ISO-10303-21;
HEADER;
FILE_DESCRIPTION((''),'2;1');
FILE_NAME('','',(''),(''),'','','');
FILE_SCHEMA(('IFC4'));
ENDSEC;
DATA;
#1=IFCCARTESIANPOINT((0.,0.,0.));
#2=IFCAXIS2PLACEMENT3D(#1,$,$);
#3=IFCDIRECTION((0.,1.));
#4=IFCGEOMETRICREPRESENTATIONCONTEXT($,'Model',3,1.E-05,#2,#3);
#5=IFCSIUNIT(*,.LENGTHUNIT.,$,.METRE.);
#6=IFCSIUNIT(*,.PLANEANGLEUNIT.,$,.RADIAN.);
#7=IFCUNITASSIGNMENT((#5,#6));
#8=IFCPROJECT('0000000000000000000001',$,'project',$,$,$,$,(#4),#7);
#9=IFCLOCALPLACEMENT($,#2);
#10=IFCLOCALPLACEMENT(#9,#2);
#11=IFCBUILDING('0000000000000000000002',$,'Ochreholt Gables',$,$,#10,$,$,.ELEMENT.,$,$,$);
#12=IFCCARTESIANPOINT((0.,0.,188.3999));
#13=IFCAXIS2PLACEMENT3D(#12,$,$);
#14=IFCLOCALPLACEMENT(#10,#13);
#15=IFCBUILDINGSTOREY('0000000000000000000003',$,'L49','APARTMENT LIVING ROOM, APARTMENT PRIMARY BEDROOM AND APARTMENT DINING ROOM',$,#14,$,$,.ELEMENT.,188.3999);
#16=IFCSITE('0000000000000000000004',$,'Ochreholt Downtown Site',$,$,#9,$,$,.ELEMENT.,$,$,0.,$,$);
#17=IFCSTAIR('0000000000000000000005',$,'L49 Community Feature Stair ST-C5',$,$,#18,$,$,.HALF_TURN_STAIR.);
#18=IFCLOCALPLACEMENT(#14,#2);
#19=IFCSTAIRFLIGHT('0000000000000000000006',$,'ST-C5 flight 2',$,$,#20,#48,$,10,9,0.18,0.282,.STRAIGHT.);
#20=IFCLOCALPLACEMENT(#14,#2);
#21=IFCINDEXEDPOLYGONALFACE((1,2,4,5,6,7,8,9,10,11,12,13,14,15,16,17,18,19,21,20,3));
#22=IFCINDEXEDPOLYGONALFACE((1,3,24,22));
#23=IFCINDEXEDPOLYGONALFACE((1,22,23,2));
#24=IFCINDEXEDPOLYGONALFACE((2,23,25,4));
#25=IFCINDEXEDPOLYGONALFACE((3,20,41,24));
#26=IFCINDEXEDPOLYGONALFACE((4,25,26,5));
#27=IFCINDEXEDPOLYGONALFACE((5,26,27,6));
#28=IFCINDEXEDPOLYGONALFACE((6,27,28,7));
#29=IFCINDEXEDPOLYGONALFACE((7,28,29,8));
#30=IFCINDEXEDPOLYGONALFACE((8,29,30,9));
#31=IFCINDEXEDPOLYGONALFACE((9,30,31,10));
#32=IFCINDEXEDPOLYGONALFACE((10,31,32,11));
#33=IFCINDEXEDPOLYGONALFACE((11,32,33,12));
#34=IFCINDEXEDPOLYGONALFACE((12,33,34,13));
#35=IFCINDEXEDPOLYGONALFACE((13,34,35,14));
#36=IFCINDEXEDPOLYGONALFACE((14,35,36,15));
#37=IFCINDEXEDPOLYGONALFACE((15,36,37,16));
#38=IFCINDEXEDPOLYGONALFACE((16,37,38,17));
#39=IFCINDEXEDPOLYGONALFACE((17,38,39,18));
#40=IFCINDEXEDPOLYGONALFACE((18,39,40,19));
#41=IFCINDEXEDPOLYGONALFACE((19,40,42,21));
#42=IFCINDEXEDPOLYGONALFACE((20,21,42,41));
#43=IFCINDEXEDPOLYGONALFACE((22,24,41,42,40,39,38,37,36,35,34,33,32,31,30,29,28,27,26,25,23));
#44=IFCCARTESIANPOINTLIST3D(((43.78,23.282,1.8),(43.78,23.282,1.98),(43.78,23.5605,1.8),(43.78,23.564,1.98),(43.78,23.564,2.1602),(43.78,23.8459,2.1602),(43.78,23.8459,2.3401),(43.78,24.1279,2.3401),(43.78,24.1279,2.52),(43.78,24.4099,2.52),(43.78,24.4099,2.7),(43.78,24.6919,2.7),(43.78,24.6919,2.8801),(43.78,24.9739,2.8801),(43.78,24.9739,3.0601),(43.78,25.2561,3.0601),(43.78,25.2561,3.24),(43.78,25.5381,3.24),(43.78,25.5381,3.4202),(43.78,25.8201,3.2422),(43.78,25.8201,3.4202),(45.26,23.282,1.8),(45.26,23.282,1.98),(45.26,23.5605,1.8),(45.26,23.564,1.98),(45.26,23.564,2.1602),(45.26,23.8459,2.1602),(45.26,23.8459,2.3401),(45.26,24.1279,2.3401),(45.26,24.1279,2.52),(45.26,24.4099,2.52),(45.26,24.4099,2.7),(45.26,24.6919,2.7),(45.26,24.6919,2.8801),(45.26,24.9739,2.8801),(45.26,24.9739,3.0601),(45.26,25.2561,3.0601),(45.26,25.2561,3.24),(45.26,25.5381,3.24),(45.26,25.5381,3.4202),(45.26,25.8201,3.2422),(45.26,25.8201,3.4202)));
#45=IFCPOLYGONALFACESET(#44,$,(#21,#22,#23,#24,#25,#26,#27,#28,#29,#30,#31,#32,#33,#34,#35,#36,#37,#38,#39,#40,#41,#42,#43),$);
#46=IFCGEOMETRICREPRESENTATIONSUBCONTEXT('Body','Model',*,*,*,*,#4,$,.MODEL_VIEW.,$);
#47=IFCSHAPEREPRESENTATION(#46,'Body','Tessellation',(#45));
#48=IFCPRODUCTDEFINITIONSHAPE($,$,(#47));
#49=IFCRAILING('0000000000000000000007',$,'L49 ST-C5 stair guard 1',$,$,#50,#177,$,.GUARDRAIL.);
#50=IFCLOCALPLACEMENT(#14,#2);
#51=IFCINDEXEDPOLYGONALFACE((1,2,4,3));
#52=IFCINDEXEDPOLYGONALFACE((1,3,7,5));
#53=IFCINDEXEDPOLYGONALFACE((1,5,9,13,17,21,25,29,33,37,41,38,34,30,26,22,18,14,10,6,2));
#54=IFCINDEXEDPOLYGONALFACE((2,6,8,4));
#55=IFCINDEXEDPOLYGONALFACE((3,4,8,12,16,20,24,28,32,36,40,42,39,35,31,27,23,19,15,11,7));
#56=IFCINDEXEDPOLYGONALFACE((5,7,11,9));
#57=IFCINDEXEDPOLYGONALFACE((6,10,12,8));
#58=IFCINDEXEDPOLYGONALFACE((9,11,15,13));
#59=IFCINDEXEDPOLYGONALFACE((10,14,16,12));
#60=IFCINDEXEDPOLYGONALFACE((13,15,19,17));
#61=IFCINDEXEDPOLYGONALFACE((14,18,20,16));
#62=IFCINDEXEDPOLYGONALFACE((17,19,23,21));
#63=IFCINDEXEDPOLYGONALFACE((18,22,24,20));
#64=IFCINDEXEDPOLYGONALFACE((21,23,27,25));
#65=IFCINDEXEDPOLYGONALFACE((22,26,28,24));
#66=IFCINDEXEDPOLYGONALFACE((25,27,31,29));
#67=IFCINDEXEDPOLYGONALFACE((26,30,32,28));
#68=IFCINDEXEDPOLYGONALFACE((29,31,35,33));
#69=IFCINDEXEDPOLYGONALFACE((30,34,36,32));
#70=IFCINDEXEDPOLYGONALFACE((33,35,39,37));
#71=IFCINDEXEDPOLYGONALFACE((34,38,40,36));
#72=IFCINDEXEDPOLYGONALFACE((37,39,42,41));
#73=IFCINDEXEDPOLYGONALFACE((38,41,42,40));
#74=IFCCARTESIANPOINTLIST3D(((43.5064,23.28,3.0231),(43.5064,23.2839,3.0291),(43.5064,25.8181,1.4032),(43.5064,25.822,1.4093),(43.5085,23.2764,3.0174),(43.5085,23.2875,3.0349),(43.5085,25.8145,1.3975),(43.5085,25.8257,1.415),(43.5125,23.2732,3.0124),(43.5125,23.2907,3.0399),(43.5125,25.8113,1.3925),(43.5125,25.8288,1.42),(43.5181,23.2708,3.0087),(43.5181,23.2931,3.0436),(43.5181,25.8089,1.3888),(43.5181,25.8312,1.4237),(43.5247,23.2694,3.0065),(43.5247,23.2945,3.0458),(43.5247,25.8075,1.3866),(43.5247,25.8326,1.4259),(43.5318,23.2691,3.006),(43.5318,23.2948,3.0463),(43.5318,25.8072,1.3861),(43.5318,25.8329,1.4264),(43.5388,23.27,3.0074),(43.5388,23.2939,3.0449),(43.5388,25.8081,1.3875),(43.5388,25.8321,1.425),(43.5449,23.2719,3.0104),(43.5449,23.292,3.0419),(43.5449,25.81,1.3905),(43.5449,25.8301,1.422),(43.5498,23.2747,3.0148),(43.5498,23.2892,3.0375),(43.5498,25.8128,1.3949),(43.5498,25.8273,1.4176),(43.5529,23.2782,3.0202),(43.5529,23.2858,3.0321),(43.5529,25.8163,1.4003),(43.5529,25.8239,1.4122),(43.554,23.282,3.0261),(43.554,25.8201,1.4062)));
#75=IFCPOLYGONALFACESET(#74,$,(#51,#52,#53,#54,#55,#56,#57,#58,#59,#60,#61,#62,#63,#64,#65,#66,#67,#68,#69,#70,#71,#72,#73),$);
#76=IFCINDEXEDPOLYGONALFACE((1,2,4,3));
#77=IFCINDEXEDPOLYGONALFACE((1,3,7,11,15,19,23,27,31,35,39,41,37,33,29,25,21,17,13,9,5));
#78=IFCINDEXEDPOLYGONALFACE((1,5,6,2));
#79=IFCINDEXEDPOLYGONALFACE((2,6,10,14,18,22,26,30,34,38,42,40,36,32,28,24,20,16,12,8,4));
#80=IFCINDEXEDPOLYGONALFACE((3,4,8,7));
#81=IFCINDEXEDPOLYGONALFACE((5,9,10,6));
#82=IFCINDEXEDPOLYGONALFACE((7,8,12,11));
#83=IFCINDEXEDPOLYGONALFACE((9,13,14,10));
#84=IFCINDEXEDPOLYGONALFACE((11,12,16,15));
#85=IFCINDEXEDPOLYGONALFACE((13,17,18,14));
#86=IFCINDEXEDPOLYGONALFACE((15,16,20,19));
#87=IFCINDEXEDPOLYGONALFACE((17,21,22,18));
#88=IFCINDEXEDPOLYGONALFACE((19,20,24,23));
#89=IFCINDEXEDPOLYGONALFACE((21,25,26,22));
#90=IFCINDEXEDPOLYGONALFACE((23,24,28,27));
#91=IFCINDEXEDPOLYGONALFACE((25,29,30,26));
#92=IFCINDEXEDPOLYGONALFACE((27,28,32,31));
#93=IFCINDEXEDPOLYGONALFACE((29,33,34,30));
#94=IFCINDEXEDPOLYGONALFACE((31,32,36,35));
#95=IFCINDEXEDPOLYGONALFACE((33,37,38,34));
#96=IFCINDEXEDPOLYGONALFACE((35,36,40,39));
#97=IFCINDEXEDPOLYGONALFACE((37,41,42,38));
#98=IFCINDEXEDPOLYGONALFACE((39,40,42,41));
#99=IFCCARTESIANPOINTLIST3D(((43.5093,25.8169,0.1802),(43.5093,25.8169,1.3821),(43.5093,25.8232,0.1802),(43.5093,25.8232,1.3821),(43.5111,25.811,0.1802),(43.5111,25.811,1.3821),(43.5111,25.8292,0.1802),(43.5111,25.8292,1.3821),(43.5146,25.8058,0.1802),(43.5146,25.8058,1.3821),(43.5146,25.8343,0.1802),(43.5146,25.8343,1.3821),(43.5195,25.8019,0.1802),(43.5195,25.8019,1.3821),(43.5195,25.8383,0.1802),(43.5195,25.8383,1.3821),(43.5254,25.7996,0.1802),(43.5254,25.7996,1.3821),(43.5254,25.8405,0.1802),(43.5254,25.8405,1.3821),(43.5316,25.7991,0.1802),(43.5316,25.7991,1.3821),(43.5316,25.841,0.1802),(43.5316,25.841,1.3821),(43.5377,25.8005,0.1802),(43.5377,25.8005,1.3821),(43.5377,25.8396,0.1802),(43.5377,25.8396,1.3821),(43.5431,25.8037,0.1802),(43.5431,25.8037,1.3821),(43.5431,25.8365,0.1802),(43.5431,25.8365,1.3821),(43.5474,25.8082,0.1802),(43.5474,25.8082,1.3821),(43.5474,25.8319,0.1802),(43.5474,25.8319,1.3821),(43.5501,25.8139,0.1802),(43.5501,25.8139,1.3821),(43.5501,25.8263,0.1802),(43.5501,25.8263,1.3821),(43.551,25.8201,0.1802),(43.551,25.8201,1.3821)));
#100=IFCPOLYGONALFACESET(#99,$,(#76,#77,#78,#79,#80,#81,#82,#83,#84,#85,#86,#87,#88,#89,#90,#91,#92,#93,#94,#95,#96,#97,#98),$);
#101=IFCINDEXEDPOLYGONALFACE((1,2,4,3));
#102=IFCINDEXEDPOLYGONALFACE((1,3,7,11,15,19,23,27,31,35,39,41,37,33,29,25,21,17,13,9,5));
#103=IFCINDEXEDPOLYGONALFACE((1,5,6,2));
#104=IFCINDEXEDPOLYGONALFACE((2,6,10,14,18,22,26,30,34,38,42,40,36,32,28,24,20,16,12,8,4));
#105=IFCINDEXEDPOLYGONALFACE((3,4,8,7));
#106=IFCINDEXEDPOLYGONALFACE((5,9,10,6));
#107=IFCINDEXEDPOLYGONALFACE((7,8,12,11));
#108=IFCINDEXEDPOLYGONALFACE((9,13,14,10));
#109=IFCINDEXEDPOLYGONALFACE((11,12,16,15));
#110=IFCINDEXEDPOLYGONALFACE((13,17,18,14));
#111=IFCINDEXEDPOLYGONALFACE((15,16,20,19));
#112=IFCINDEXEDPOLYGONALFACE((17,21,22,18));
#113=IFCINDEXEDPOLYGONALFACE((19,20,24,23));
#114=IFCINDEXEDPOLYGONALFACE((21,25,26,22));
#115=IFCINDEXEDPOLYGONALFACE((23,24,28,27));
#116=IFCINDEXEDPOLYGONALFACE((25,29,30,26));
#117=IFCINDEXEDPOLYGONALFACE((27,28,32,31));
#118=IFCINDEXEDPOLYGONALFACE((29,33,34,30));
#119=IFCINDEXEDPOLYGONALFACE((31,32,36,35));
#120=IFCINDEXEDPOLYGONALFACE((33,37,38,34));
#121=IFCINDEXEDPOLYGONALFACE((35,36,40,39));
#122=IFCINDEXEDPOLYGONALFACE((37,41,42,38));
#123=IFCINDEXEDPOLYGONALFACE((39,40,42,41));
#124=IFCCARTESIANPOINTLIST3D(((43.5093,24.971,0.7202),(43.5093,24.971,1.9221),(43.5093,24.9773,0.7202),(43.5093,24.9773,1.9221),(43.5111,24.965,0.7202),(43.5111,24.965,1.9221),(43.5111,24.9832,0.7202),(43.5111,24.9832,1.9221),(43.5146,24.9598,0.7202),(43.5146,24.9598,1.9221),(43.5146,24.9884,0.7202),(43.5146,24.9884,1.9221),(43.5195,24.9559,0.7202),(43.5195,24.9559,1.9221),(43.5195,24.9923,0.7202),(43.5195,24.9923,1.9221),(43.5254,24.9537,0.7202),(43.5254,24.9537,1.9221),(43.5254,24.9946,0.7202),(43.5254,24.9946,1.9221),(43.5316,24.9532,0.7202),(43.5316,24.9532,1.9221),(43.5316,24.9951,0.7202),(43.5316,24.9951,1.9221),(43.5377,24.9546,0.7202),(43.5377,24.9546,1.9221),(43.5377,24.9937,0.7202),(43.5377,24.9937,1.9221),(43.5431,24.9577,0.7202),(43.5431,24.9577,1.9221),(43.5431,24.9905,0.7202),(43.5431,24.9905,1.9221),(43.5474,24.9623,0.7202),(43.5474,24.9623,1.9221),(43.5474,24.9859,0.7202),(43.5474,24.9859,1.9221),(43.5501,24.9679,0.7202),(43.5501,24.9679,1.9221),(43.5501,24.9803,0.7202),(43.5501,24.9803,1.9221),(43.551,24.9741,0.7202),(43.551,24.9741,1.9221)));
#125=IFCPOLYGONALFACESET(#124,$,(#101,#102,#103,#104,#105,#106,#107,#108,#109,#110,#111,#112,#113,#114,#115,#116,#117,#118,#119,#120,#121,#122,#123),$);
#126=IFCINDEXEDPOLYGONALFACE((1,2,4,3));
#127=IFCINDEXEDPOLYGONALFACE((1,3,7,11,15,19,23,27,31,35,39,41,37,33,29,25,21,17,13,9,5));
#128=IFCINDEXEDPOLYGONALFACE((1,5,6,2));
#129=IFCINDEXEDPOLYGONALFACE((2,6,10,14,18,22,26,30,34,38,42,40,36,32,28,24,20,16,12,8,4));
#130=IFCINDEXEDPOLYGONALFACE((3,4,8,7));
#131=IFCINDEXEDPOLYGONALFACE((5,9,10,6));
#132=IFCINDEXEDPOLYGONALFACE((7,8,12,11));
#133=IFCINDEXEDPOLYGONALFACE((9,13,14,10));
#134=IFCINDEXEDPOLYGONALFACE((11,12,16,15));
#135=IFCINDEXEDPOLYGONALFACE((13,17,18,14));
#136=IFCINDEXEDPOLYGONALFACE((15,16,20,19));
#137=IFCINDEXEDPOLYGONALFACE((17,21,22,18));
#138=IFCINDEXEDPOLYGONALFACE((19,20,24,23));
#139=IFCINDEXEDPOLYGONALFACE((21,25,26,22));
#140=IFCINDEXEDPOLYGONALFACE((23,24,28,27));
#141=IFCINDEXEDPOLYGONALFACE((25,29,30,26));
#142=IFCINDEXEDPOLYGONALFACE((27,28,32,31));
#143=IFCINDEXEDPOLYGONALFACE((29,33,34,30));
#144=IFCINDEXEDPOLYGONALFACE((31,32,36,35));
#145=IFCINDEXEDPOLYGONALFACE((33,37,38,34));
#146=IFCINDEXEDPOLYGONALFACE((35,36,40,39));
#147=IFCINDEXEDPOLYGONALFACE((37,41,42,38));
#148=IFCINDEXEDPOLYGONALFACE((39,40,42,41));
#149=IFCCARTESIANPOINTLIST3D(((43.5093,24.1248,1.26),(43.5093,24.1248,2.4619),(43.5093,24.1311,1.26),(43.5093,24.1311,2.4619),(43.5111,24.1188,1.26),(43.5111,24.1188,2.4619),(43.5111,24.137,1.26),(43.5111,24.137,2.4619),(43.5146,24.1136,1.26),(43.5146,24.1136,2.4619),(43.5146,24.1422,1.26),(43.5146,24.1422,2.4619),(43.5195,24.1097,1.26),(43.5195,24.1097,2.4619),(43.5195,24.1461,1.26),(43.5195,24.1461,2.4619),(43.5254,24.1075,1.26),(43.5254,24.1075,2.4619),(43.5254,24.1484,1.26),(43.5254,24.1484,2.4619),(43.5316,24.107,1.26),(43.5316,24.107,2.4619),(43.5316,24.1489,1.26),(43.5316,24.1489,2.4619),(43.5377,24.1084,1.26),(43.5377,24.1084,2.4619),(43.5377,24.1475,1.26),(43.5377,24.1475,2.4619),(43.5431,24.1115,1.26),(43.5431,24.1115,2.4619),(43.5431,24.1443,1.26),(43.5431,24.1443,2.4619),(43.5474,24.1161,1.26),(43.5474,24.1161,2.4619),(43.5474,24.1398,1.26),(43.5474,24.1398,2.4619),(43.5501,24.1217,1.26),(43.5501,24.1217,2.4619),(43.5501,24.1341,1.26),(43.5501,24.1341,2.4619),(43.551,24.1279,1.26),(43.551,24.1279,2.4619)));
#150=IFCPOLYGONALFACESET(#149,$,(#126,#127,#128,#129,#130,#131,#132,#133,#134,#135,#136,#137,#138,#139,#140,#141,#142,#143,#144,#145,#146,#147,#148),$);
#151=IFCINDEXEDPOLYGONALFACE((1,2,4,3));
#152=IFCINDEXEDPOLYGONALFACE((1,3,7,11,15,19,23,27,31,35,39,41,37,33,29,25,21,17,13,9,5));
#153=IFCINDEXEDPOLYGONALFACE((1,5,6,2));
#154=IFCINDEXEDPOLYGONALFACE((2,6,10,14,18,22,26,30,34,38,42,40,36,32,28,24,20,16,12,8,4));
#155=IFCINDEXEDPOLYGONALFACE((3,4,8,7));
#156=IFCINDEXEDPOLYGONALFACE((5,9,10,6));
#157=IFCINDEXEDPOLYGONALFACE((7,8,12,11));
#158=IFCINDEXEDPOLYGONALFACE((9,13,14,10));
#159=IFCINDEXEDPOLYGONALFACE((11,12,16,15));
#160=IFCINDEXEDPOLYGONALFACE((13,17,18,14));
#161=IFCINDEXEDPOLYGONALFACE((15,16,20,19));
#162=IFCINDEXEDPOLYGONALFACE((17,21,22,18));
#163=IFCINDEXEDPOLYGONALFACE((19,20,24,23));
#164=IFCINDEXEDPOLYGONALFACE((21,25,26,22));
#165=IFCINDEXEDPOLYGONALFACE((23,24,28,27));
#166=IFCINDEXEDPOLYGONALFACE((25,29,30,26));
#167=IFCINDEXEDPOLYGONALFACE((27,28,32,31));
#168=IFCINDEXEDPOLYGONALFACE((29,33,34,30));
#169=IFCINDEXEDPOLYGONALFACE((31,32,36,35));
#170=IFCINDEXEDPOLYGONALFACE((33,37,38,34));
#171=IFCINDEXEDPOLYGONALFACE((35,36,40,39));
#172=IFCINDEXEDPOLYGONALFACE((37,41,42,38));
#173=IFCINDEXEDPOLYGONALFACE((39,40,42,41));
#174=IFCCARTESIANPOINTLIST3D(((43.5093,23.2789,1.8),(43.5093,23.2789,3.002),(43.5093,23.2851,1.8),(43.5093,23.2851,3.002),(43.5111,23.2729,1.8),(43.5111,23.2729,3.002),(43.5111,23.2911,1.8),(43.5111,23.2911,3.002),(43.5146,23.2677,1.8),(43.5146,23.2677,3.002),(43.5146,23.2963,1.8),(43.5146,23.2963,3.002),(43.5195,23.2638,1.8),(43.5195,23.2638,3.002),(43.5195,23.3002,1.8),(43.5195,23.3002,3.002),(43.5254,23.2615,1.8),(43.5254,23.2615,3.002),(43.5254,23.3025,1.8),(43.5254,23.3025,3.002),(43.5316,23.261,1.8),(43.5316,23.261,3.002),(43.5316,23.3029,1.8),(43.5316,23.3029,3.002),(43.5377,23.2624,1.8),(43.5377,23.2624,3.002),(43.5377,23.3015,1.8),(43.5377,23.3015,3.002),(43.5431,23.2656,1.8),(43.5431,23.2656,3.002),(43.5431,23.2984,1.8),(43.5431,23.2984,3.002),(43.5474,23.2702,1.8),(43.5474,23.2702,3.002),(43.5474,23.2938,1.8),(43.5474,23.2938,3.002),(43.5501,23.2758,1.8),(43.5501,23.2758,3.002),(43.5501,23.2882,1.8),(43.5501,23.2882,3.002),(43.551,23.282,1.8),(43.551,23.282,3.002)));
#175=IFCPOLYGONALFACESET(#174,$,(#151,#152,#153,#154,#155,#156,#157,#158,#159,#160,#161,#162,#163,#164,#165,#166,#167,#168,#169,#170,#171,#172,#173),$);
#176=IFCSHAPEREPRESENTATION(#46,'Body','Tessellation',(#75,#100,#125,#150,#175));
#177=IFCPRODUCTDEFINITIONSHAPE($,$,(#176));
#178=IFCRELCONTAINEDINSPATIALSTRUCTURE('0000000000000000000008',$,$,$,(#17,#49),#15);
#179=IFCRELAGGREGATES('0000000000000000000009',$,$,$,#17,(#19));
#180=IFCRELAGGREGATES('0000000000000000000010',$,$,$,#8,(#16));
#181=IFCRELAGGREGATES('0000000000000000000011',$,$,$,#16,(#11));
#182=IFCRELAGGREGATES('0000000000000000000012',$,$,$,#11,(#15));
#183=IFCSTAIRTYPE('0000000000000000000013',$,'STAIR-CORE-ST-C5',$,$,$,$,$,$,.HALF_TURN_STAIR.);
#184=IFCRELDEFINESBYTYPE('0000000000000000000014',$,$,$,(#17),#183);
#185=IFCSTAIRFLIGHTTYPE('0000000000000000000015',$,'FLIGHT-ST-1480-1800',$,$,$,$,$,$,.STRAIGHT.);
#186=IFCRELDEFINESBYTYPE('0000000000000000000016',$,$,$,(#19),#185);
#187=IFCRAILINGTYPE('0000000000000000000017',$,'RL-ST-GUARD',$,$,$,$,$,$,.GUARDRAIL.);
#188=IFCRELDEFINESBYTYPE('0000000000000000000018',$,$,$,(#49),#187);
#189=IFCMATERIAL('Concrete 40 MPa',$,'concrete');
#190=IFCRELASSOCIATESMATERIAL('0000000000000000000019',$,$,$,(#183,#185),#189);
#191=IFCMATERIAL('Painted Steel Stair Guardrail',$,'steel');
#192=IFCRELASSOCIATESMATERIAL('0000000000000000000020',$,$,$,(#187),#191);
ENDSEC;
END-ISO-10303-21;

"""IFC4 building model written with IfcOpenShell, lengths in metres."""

from ifc_helpers import new_model, si_unit, direction, frame, origin, origin_2d, place, context, subcontext, project, spatial, polyline, circle, outline, extrude, material, type_object, element, aggregate, save


model = new_model("IFC4")

# Units and contexts
model_context = context("Model", 3, precision=1e-05, world=origin(), true_north=direction((0.0, 1.0)))
body_context = subcontext(model_context, "Body", "Model", "MODEL_VIEW")
ifc_project = project(units=[si_unit("LENGTHUNIT", "METRE"), si_unit("PLANEANGLEUNIT", "RADIAN")], contexts=[model_context])

# Site, building, storey
site_placement = place(None, origin())
site = spatial("IfcSite", under=ifc_project, at=site_placement, Name="Ochreholt Downtown Site", CompositionType="ELEMENT", RefElevation=0.0)
building_placement = place(site_placement, origin())
building = spatial("IfcBuilding", under=site, at=building_placement, Name="Ochreholt Gables", CompositionType="ELEMENT")
storey_placement = place(building_placement, frame((0.0, 0.0, 188.3999)))
storey = spatial("IfcBuildingStorey", under=building, at=storey_placement, Name="L49", Description="APARTMENT LIVING ROOM, APARTMENT PRIMARY BEDROOM AND APARTMENT DINING ROOM", CompositionType="ELEMENT", Elevation=188.3999)

# Stair, stair flight
ifc_material_1 = material(Name="Concrete 40 MPa", Category="concrete")
stair_type = type_object("IfcStairType", Name="STAIR-CORE-ST-C5", PredefinedType="HALF_TURN_STAIR", material=ifc_material_1)
stair_placement = place(storey_placement, origin())
stair = element("IfcStair", 1, at=stair_placement, inside=storey, type_object=stair_type, Name="L49 Community Feature Stair ST-C5", PredefinedType="HALF_TURN_STAIR")
stair_flight_type = type_object("IfcStairFlightType", Name="FLIGHT-ST-1480-1800", PredefinedType="STRAIGHT", material=ifc_material_1)
stair_flight_1_placement = place(storey_placement, frame((44.52, 23.282, 1.8), z_axis=(0.0, 0.0, 1.0), x_axis=(0.0, 1.0, 0.0)))
stair_flight_1 = element("IfcStairFlight", 2, at=stair_flight_1_placement, type_object=stair_flight_type, Name="ST-C5 flight 2", NumberOfRisers=10, NumberOfTreads=9, PredefinedType="STRAIGHT", RiserHeight=0.18, TreadLength=0.282, context=body_context, shape_type="SweptSolid", body=[
    extrude(outline(polyline([(0.0, 0.0), (0.0, 0.1799), (0.282, 0.1799), (0.282, 0.3601), (0.564, 0.3601), (0.564, 0.54), (0.8459, 0.54), (0.8459, 0.72), (1.1279, 0.72), (1.1279, 0.8999), (1.4099, 0.8999), (1.4099, 1.0801), (1.6919, 1.0801), (1.6919, 1.26), (1.9741, 1.26), (1.9741, 1.4399), (2.2561, 1.4399), (2.2561, 1.6201), (2.5381, 1.6201), (2.5381, 1.8), (2.5381, 1.4421), (0.2786, 0.0), (0.0, 0.0)])), frame((0.0, 0.74, 0.0), z_axis=(0.0, -1.0, 0.0), x_axis=(1.0, 0.0, 0.0)), (0.0, 0.0, 1.0), 1.48),
])
aggregate(stair, [stair_flight_1])

# Railing
ifc_material_2 = material(Name="Painted Steel Stair Guardrail", Category="steel")
railing_type_1 = type_object("IfcRailingType", Name="RL-ST-GUARD", PredefinedType="GUARDRAIL", material=ifc_material_2)
railing_1_placement = place(storey_placement, frame((43.53, 25.8201, 0.1802)))
element("IfcRailing", 3, at=railing_1_placement, inside=storey, type_object=railing_type_1, Name="L49 ST-C5 stair guard 1", PredefinedType="GUARDRAIL", context=body_context, shape_type="SweptSolid", body=[
    extrude(circle(Radius=0.0239, at=origin_2d()), frame((0.0, 0.0, 1.2261), z_axis=(0.0, -0.84295, 0.537993), x_axis=(1.0, 0.0, 0.0)), (0.0, 0.0, 1.0), 3.011),
    extrude(circle(Radius=0.021, at=origin_2d()), origin(), (0.0, 0.0, 1.0), 1.2019),
    extrude(circle(Radius=0.021, at=origin_2d()), frame((0.0, -0.8459, 0.54)), (0.0, 0.0, 1.0), 1.2019),
    extrude(circle(Radius=0.021, at=origin_2d()), frame((0.0, -1.6921, 1.0798)), (0.0, 0.0, 1.0), 1.2019),
    extrude(circle(Radius=0.021, at=origin_2d()), frame((0.0, -2.5381, 1.6199)), (0.0, 0.0, 1.0), 1.2019),
])

save(model, "model.ifc")
